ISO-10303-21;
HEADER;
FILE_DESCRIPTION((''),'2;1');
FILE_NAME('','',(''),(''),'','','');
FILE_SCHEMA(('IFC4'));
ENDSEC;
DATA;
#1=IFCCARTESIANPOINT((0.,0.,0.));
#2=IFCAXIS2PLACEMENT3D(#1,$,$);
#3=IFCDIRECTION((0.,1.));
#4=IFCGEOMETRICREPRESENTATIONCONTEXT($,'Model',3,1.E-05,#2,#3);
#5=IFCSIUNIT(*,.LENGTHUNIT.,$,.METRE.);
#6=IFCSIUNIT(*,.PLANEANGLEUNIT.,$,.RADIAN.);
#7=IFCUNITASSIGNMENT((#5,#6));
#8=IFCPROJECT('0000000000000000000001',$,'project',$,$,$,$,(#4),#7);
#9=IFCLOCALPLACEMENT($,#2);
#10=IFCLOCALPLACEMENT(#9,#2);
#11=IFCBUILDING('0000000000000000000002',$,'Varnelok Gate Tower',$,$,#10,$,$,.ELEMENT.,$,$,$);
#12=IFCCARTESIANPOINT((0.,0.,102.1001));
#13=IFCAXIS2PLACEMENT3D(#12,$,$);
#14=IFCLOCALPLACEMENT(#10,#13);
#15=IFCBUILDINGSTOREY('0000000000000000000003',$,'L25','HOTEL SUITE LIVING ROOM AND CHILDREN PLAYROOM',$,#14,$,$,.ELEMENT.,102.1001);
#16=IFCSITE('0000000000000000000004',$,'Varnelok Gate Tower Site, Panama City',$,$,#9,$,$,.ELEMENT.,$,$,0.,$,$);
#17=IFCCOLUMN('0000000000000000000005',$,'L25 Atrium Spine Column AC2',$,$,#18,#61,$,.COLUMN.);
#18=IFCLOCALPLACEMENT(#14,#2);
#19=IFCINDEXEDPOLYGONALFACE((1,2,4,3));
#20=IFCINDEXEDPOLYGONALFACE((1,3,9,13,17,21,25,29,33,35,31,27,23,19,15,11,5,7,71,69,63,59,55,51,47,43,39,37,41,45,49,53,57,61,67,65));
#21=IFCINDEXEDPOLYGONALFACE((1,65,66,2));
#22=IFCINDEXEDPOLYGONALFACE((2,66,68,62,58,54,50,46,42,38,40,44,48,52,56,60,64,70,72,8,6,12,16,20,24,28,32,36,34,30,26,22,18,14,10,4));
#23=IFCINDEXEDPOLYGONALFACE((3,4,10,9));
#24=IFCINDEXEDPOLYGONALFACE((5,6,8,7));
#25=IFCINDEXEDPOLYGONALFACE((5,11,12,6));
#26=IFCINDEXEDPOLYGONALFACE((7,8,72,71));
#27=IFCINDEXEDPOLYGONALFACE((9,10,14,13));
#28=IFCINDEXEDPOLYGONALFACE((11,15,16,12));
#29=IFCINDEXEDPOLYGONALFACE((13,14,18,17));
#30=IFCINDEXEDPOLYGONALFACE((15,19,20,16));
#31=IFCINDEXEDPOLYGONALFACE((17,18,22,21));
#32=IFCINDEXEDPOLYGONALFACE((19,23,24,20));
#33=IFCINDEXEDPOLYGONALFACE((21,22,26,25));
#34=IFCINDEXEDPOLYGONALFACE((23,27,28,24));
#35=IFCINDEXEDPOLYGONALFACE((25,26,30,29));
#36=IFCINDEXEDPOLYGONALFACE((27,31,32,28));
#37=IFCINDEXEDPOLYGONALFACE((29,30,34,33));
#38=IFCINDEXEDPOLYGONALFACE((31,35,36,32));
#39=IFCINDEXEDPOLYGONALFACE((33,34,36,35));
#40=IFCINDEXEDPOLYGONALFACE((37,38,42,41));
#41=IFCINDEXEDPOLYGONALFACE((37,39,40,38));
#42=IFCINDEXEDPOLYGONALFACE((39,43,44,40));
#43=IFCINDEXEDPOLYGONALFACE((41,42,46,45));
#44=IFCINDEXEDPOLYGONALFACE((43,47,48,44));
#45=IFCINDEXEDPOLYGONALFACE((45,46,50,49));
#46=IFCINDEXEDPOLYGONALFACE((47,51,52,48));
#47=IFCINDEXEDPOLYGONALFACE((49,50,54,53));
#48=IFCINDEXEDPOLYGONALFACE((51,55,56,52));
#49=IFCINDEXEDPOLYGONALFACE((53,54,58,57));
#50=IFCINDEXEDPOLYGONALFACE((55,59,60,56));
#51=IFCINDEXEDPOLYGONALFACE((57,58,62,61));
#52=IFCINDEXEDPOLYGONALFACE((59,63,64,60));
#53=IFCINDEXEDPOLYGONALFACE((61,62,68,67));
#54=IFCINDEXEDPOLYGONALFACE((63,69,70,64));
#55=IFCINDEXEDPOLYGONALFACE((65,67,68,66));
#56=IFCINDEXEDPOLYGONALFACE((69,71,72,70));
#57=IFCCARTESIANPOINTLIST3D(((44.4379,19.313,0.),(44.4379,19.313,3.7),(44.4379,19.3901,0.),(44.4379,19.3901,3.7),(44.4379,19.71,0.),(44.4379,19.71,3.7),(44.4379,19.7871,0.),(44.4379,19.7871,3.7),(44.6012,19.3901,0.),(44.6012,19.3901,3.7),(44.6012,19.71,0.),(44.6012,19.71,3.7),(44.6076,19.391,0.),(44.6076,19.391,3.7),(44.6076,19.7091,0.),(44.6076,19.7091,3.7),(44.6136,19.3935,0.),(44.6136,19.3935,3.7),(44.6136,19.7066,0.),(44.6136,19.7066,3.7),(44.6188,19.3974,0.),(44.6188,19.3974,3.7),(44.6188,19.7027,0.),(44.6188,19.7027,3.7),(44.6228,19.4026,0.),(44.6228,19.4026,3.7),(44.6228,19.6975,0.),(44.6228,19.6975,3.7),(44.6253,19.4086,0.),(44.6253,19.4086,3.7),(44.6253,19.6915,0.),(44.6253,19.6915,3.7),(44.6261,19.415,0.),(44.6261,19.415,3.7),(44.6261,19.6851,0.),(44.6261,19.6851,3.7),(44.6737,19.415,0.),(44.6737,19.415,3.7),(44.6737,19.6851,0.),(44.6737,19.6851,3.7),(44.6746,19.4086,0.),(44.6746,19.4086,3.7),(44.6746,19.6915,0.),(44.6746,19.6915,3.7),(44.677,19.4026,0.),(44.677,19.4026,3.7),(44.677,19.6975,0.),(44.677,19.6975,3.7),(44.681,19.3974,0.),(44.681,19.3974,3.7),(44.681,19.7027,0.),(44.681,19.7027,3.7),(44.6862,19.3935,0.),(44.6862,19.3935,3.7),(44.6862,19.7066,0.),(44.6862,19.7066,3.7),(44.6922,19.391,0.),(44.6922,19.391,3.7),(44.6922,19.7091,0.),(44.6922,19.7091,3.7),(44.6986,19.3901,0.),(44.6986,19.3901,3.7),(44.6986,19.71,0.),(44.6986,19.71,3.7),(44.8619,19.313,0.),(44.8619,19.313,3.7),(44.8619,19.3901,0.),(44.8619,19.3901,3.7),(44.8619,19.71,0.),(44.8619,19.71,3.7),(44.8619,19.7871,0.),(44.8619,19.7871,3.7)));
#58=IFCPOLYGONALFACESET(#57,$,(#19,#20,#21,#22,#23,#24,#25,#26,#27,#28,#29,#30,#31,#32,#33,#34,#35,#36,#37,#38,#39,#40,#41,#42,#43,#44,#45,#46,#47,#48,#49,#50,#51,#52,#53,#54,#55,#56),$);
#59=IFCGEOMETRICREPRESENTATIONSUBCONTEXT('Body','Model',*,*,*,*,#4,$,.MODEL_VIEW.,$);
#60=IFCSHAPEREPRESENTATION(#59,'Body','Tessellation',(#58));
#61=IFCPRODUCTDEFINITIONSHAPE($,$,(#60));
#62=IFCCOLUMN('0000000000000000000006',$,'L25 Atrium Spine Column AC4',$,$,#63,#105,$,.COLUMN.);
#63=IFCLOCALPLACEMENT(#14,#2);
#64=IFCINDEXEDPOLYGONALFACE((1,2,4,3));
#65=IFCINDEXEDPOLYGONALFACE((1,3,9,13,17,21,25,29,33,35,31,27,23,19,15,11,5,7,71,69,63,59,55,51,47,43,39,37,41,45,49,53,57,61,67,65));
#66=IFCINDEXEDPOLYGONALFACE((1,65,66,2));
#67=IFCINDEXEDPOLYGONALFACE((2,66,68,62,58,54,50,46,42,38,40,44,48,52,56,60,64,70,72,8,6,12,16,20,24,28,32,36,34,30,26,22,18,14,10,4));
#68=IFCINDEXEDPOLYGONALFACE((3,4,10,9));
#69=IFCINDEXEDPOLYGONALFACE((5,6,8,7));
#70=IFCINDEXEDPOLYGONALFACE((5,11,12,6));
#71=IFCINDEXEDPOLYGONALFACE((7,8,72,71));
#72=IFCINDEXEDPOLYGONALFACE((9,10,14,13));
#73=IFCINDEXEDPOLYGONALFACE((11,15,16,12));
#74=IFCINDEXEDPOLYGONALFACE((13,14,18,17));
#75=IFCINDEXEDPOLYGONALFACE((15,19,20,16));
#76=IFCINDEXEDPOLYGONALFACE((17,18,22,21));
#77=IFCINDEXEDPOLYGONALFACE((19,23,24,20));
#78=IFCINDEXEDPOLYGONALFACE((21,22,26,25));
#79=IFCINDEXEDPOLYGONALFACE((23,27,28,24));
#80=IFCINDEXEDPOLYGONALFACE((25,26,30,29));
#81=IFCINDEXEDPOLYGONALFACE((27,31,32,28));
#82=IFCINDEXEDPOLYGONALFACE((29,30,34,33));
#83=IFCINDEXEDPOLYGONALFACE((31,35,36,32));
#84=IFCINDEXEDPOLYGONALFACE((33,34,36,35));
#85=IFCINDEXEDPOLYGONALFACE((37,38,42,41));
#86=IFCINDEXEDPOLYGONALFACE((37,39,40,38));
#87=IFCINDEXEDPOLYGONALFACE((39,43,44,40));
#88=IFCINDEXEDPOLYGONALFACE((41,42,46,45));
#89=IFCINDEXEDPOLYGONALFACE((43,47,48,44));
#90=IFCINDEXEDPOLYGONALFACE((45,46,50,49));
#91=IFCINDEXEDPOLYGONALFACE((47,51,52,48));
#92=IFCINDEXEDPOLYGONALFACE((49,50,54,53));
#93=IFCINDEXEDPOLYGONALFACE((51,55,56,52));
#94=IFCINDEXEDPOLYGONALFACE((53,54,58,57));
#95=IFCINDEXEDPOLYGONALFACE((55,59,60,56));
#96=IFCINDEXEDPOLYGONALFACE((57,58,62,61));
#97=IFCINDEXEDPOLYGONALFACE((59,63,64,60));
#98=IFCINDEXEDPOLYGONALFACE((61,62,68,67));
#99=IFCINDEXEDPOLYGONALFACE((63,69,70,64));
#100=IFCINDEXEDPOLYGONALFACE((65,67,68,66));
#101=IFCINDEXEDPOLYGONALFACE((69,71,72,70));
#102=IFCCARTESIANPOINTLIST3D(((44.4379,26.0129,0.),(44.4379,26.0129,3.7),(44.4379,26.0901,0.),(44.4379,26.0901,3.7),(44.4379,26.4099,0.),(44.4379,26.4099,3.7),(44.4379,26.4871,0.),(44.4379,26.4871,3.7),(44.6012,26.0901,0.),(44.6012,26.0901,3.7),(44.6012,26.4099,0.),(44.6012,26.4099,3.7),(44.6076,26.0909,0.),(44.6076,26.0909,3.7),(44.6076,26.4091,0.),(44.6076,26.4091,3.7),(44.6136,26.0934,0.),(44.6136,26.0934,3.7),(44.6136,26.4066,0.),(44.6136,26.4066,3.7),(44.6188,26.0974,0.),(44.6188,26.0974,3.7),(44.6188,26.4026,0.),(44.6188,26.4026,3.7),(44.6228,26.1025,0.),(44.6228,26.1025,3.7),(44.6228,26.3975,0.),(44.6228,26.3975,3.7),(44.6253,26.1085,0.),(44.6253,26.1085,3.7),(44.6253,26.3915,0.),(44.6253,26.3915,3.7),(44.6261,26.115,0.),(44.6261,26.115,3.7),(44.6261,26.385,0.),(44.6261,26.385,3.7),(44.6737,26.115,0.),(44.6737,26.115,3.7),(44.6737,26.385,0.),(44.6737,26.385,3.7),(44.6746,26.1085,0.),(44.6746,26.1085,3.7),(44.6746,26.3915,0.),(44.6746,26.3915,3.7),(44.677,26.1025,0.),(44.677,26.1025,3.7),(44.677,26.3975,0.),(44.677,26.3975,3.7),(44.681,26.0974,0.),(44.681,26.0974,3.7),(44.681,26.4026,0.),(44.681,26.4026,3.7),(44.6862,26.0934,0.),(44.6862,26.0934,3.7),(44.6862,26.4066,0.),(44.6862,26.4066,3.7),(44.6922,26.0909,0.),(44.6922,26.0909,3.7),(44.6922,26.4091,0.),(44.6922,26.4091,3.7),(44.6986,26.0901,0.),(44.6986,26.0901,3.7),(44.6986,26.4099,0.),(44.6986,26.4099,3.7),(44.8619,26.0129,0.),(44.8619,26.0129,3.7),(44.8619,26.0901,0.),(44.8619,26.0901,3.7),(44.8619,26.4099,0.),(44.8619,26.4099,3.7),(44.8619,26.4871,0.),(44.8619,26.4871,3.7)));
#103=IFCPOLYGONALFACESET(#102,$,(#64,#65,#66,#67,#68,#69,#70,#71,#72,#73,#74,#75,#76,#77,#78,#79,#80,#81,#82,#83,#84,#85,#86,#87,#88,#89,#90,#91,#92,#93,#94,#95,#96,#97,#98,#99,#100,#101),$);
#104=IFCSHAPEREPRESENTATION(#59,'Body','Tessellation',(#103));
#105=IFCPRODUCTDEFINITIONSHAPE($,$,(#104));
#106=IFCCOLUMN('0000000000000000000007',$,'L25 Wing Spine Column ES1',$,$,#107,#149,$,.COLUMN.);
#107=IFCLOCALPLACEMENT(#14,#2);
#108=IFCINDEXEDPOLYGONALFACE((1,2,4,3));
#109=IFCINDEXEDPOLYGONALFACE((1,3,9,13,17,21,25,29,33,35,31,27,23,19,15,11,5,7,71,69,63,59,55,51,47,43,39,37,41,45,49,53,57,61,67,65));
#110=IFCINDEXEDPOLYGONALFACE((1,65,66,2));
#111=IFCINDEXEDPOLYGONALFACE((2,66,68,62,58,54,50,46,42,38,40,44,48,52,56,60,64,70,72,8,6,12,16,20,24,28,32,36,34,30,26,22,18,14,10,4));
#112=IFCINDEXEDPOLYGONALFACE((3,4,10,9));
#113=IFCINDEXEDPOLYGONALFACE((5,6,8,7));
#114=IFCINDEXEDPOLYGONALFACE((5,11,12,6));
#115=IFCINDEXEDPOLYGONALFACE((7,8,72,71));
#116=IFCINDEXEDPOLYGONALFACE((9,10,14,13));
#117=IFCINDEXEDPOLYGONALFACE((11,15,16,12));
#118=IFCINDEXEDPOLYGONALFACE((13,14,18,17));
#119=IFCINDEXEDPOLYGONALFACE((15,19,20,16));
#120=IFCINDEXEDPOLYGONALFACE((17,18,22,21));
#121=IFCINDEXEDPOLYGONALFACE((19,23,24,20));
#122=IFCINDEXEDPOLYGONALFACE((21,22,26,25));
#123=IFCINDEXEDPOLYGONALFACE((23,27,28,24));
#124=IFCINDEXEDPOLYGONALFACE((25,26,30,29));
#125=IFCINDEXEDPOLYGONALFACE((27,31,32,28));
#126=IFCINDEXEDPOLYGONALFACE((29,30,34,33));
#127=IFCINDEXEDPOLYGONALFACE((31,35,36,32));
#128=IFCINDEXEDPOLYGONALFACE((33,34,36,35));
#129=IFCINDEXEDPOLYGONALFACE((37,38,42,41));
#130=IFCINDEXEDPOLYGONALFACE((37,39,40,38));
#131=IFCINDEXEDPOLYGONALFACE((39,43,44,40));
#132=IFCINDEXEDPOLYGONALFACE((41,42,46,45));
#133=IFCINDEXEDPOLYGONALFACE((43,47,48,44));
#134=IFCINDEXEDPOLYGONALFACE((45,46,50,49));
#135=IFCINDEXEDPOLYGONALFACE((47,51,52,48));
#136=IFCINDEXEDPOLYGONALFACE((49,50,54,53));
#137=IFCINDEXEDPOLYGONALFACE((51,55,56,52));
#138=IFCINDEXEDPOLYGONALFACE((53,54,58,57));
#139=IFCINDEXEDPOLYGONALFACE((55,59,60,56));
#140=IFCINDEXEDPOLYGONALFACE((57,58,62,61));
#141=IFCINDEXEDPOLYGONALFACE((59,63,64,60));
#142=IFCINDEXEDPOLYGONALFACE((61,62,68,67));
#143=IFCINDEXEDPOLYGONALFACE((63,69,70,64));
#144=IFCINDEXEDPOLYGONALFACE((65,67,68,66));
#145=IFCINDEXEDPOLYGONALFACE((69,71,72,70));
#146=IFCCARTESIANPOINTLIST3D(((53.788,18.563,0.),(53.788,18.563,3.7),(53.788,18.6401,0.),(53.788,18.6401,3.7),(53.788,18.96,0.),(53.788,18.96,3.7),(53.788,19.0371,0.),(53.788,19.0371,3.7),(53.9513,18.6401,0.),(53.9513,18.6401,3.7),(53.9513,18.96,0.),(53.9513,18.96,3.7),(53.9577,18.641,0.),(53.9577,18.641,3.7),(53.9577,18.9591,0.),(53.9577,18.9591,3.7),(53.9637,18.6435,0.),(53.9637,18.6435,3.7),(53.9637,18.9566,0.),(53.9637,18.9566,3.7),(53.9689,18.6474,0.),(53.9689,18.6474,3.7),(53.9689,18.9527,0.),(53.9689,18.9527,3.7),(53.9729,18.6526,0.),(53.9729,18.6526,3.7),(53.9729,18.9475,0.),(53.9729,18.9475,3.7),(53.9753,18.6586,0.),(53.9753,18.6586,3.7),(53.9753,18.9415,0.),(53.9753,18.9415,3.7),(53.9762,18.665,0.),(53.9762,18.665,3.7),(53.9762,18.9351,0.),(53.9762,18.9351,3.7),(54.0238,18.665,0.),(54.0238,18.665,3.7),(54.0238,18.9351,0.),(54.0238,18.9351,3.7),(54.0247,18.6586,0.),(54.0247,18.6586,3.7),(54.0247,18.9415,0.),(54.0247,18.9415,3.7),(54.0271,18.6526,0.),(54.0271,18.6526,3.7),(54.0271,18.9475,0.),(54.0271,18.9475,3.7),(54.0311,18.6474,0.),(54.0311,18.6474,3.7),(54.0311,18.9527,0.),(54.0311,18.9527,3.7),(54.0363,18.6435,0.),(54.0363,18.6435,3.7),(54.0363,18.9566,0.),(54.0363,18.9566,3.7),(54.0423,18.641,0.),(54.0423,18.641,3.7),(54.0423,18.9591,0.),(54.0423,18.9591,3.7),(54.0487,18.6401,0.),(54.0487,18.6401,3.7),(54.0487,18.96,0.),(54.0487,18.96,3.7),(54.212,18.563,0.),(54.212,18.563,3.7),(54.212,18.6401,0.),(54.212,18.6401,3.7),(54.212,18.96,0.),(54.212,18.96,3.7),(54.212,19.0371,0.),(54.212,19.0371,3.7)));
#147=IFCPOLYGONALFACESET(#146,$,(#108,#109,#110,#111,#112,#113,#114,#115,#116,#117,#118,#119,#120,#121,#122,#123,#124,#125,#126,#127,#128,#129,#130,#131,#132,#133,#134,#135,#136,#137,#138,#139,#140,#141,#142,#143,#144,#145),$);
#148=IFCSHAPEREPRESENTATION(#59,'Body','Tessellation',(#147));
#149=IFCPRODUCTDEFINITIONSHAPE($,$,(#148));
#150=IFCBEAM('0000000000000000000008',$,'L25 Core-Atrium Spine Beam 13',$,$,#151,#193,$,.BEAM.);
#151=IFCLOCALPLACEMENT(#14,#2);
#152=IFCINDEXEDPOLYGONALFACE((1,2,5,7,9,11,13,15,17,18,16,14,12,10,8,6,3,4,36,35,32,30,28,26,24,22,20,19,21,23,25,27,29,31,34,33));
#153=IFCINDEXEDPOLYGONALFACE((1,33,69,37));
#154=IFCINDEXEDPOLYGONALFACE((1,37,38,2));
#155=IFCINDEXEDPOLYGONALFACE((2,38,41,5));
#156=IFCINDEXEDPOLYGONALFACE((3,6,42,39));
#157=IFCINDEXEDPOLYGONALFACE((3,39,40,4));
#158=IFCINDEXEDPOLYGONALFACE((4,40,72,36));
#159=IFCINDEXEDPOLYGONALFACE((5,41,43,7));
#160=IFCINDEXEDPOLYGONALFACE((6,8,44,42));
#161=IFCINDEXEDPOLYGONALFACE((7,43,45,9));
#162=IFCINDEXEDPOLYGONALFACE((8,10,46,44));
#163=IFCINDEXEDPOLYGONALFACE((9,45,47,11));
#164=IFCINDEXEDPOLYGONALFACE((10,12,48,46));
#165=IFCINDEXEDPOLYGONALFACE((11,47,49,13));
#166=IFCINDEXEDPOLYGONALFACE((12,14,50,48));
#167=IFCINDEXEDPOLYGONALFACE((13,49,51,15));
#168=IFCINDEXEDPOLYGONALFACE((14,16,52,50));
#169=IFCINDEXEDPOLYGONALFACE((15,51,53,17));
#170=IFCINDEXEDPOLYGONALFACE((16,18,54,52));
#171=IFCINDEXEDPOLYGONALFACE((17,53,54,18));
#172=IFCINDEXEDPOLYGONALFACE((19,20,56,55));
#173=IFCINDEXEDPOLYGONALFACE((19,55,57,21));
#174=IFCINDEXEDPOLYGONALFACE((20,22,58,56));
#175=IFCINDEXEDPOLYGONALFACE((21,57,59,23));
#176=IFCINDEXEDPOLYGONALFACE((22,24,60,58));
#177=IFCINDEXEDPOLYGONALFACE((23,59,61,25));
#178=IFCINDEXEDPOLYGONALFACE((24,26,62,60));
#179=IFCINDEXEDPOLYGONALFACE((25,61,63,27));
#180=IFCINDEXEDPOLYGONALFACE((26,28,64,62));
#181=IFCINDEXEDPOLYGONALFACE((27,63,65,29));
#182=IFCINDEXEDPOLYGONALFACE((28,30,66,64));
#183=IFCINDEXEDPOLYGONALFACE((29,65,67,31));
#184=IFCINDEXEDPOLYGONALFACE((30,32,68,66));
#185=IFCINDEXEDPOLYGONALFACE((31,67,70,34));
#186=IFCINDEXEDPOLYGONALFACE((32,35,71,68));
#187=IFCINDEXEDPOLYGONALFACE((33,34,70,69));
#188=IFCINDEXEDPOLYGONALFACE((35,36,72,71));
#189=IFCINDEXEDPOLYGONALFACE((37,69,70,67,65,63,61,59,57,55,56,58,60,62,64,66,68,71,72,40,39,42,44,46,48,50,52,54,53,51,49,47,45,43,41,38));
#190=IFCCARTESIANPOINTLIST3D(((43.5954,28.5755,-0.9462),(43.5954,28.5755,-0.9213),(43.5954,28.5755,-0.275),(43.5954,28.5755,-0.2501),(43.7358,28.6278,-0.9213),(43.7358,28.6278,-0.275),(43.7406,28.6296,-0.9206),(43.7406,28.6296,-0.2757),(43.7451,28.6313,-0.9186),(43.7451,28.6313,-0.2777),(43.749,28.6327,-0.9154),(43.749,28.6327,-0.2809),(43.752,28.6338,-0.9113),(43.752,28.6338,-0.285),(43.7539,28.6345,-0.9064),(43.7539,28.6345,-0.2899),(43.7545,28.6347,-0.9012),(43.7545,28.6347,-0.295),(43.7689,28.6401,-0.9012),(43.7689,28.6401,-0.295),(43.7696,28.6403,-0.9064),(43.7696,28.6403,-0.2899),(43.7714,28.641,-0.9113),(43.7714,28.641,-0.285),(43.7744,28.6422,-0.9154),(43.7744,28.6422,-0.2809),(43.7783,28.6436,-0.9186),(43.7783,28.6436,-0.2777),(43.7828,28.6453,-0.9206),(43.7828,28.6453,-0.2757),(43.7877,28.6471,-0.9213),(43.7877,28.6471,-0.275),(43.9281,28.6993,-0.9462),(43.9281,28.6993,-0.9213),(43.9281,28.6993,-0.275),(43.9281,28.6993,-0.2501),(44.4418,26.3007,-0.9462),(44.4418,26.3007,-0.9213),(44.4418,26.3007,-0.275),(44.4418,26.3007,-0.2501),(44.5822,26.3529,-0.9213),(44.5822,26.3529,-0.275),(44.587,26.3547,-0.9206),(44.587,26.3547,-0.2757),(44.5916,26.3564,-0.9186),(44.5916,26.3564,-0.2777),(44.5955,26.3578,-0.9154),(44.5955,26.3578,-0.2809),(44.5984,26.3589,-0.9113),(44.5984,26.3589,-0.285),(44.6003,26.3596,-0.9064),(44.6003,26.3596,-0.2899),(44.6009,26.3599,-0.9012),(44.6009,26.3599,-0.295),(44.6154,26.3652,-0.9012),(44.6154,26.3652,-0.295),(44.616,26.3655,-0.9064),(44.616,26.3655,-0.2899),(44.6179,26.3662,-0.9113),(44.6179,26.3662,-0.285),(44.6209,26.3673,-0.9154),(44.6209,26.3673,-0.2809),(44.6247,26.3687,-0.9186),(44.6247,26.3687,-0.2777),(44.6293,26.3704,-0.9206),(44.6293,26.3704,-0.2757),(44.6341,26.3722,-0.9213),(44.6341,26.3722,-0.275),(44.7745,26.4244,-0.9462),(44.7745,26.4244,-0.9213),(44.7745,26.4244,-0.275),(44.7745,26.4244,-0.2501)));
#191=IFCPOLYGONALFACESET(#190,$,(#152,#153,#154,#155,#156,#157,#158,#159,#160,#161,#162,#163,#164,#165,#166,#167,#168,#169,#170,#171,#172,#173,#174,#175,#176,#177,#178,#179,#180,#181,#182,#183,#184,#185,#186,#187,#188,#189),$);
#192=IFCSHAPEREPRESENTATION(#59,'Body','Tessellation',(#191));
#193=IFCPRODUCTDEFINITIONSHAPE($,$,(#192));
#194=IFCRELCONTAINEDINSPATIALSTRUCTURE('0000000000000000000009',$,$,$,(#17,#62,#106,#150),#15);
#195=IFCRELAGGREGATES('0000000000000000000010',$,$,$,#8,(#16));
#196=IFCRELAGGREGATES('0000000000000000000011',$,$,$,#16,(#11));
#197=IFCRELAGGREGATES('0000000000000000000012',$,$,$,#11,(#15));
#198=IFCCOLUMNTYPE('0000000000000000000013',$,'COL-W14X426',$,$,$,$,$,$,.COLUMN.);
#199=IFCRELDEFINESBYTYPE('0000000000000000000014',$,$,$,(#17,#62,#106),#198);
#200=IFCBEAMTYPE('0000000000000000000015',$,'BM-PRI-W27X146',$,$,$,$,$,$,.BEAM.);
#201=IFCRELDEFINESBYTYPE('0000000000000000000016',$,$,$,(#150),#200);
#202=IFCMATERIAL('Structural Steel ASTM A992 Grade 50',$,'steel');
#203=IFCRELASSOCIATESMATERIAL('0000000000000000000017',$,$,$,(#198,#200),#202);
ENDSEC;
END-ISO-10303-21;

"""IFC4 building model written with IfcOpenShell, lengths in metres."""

from ifc_helpers import new_model, si_unit, direction, frame, origin, origin_2d, place, context, subcontext, project, spatial, i_section, extrude, material, material_profile, profile_set, type_object, element, save


model = new_model("IFC4")

# Units and contexts
model_context = context("Model", 3, precision=1e-05, world=origin(), true_north=direction((0.0, 1.0)))
body_context = subcontext(model_context, "Body", "Model", "MODEL_VIEW")
ifc_project = project(units=[si_unit("LENGTHUNIT", "METRE"), si_unit("PLANEANGLEUNIT", "RADIAN")], contexts=[model_context])

# Site, building, storey
site_placement = place(None, origin())
site = spatial("IfcSite", under=ifc_project, at=site_placement, Name="Varnelok Gate Tower Site, Panama City", CompositionType="ELEMENT", RefElevation=0.0)
building_placement = place(site_placement, origin())
building = spatial("IfcBuilding", under=site, at=building_placement, Name="Varnelok Gate Tower", CompositionType="ELEMENT")
storey_placement = place(building_placement, frame((0.0, 0.0, 102.1001)))
storey = spatial("IfcBuildingStorey", under=building, at=storey_placement, Name="L25", Description="HOTEL SUITE LIVING ROOM AND CHILDREN PLAYROOM", CompositionType="ELEMENT", Elevation=102.1001)

# Columns
ifc_material_1 = material(Name="Structural Steel ASTM A992 Grade 50", Category="steel")
ifc_material_profile_1 = material_profile(ifc_material_1, i_section(OverallWidth=0.4241, OverallDepth=0.4741, WebThickness=0.0476, FlangeThickness=0.0771, FilletRadius=0.0249, at=origin_2d()), Name="W14X426")
ifc_profile_set_1 = profile_set([ifc_material_profile_1], Name="Structural Steel ASTM A992 Grade 50")
column_type = type_object("IfcColumnType", Name="COL-W14X426", PredefinedType="COLUMN", material=ifc_profile_set_1)
for number, where, z_axis, x_axis, name in (
    (1, (44.6499, 19.55, 0.0), (0.0, 0.0, 1.0), (1.0, 0.0, 0.0), "L25 Atrium Spine Column AC2"),
    (2, (44.6499, 26.25, 0.0), (0.0, 0.0, 1.0), (1.0, 0.0, 0.0), "L25 Atrium Spine Column AC4"),
    (3, (54.0, 18.8, 0.0), (0.0, 0.0, 1.0), (1.0, 0.0, 0.0), "L25 Wing Spine Column ES1"),
):
    element("IfcColumn", number, at=place(storey_placement, frame(where, z_axis=z_axis, x_axis=x_axis)), inside=storey, type_object=column_type, Name=name, PredefinedType="COLUMN", context=body_context, shape_type="SweptSolid", body=[
        extrude(i_section(OverallWidth=0.4241, OverallDepth=0.4741, WebThickness=0.0476, FlangeThickness=0.0771, FilletRadius=0.0249, at=origin_2d()), origin(), (0.0, 0.0, 1.0), 3.7),
    ])

# Beam
ifc_material_profile_2 = material_profile(ifc_material_1, i_section(OverallWidth=0.355, OverallDepth=0.696, WebThickness=0.0154, FlangeThickness=0.0249, FilletRadius=0.02, at=origin_2d()), Name="W27X146")
ifc_profile_set_2 = profile_set([ifc_material_profile_2], Name="Structural Steel ASTM A992 Grade 50")
beam_type_1 = type_object("IfcBeamType", Name="BM-PRI-W27X146", PredefinedType="BEAM", material=ifc_profile_set_2)
beam_1_placement = place(storey_placement, frame((44.6082, 26.3625, -0.5981), z_axis=(-0.348719, 0.937227, 0.0), x_axis=(-0.937227, -0.348719, 0.0)))
element("IfcBeam", 4, at=beam_1_placement, inside=storey, type_object=beam_type_1, Name="L25 Core-Atrium Spine Beam 13", PredefinedType="BEAM", context=body_context, shape_type="SweptSolid", body=[
    extrude(i_section(OverallWidth=0.355, OverallDepth=0.696, WebThickness=0.0154, FlangeThickness=0.0249, FilletRadius=0.02, at=origin_2d()), origin(), (0.0, 0.0, 1.0), 2.4272),
])

save(model, "model.ifc")
